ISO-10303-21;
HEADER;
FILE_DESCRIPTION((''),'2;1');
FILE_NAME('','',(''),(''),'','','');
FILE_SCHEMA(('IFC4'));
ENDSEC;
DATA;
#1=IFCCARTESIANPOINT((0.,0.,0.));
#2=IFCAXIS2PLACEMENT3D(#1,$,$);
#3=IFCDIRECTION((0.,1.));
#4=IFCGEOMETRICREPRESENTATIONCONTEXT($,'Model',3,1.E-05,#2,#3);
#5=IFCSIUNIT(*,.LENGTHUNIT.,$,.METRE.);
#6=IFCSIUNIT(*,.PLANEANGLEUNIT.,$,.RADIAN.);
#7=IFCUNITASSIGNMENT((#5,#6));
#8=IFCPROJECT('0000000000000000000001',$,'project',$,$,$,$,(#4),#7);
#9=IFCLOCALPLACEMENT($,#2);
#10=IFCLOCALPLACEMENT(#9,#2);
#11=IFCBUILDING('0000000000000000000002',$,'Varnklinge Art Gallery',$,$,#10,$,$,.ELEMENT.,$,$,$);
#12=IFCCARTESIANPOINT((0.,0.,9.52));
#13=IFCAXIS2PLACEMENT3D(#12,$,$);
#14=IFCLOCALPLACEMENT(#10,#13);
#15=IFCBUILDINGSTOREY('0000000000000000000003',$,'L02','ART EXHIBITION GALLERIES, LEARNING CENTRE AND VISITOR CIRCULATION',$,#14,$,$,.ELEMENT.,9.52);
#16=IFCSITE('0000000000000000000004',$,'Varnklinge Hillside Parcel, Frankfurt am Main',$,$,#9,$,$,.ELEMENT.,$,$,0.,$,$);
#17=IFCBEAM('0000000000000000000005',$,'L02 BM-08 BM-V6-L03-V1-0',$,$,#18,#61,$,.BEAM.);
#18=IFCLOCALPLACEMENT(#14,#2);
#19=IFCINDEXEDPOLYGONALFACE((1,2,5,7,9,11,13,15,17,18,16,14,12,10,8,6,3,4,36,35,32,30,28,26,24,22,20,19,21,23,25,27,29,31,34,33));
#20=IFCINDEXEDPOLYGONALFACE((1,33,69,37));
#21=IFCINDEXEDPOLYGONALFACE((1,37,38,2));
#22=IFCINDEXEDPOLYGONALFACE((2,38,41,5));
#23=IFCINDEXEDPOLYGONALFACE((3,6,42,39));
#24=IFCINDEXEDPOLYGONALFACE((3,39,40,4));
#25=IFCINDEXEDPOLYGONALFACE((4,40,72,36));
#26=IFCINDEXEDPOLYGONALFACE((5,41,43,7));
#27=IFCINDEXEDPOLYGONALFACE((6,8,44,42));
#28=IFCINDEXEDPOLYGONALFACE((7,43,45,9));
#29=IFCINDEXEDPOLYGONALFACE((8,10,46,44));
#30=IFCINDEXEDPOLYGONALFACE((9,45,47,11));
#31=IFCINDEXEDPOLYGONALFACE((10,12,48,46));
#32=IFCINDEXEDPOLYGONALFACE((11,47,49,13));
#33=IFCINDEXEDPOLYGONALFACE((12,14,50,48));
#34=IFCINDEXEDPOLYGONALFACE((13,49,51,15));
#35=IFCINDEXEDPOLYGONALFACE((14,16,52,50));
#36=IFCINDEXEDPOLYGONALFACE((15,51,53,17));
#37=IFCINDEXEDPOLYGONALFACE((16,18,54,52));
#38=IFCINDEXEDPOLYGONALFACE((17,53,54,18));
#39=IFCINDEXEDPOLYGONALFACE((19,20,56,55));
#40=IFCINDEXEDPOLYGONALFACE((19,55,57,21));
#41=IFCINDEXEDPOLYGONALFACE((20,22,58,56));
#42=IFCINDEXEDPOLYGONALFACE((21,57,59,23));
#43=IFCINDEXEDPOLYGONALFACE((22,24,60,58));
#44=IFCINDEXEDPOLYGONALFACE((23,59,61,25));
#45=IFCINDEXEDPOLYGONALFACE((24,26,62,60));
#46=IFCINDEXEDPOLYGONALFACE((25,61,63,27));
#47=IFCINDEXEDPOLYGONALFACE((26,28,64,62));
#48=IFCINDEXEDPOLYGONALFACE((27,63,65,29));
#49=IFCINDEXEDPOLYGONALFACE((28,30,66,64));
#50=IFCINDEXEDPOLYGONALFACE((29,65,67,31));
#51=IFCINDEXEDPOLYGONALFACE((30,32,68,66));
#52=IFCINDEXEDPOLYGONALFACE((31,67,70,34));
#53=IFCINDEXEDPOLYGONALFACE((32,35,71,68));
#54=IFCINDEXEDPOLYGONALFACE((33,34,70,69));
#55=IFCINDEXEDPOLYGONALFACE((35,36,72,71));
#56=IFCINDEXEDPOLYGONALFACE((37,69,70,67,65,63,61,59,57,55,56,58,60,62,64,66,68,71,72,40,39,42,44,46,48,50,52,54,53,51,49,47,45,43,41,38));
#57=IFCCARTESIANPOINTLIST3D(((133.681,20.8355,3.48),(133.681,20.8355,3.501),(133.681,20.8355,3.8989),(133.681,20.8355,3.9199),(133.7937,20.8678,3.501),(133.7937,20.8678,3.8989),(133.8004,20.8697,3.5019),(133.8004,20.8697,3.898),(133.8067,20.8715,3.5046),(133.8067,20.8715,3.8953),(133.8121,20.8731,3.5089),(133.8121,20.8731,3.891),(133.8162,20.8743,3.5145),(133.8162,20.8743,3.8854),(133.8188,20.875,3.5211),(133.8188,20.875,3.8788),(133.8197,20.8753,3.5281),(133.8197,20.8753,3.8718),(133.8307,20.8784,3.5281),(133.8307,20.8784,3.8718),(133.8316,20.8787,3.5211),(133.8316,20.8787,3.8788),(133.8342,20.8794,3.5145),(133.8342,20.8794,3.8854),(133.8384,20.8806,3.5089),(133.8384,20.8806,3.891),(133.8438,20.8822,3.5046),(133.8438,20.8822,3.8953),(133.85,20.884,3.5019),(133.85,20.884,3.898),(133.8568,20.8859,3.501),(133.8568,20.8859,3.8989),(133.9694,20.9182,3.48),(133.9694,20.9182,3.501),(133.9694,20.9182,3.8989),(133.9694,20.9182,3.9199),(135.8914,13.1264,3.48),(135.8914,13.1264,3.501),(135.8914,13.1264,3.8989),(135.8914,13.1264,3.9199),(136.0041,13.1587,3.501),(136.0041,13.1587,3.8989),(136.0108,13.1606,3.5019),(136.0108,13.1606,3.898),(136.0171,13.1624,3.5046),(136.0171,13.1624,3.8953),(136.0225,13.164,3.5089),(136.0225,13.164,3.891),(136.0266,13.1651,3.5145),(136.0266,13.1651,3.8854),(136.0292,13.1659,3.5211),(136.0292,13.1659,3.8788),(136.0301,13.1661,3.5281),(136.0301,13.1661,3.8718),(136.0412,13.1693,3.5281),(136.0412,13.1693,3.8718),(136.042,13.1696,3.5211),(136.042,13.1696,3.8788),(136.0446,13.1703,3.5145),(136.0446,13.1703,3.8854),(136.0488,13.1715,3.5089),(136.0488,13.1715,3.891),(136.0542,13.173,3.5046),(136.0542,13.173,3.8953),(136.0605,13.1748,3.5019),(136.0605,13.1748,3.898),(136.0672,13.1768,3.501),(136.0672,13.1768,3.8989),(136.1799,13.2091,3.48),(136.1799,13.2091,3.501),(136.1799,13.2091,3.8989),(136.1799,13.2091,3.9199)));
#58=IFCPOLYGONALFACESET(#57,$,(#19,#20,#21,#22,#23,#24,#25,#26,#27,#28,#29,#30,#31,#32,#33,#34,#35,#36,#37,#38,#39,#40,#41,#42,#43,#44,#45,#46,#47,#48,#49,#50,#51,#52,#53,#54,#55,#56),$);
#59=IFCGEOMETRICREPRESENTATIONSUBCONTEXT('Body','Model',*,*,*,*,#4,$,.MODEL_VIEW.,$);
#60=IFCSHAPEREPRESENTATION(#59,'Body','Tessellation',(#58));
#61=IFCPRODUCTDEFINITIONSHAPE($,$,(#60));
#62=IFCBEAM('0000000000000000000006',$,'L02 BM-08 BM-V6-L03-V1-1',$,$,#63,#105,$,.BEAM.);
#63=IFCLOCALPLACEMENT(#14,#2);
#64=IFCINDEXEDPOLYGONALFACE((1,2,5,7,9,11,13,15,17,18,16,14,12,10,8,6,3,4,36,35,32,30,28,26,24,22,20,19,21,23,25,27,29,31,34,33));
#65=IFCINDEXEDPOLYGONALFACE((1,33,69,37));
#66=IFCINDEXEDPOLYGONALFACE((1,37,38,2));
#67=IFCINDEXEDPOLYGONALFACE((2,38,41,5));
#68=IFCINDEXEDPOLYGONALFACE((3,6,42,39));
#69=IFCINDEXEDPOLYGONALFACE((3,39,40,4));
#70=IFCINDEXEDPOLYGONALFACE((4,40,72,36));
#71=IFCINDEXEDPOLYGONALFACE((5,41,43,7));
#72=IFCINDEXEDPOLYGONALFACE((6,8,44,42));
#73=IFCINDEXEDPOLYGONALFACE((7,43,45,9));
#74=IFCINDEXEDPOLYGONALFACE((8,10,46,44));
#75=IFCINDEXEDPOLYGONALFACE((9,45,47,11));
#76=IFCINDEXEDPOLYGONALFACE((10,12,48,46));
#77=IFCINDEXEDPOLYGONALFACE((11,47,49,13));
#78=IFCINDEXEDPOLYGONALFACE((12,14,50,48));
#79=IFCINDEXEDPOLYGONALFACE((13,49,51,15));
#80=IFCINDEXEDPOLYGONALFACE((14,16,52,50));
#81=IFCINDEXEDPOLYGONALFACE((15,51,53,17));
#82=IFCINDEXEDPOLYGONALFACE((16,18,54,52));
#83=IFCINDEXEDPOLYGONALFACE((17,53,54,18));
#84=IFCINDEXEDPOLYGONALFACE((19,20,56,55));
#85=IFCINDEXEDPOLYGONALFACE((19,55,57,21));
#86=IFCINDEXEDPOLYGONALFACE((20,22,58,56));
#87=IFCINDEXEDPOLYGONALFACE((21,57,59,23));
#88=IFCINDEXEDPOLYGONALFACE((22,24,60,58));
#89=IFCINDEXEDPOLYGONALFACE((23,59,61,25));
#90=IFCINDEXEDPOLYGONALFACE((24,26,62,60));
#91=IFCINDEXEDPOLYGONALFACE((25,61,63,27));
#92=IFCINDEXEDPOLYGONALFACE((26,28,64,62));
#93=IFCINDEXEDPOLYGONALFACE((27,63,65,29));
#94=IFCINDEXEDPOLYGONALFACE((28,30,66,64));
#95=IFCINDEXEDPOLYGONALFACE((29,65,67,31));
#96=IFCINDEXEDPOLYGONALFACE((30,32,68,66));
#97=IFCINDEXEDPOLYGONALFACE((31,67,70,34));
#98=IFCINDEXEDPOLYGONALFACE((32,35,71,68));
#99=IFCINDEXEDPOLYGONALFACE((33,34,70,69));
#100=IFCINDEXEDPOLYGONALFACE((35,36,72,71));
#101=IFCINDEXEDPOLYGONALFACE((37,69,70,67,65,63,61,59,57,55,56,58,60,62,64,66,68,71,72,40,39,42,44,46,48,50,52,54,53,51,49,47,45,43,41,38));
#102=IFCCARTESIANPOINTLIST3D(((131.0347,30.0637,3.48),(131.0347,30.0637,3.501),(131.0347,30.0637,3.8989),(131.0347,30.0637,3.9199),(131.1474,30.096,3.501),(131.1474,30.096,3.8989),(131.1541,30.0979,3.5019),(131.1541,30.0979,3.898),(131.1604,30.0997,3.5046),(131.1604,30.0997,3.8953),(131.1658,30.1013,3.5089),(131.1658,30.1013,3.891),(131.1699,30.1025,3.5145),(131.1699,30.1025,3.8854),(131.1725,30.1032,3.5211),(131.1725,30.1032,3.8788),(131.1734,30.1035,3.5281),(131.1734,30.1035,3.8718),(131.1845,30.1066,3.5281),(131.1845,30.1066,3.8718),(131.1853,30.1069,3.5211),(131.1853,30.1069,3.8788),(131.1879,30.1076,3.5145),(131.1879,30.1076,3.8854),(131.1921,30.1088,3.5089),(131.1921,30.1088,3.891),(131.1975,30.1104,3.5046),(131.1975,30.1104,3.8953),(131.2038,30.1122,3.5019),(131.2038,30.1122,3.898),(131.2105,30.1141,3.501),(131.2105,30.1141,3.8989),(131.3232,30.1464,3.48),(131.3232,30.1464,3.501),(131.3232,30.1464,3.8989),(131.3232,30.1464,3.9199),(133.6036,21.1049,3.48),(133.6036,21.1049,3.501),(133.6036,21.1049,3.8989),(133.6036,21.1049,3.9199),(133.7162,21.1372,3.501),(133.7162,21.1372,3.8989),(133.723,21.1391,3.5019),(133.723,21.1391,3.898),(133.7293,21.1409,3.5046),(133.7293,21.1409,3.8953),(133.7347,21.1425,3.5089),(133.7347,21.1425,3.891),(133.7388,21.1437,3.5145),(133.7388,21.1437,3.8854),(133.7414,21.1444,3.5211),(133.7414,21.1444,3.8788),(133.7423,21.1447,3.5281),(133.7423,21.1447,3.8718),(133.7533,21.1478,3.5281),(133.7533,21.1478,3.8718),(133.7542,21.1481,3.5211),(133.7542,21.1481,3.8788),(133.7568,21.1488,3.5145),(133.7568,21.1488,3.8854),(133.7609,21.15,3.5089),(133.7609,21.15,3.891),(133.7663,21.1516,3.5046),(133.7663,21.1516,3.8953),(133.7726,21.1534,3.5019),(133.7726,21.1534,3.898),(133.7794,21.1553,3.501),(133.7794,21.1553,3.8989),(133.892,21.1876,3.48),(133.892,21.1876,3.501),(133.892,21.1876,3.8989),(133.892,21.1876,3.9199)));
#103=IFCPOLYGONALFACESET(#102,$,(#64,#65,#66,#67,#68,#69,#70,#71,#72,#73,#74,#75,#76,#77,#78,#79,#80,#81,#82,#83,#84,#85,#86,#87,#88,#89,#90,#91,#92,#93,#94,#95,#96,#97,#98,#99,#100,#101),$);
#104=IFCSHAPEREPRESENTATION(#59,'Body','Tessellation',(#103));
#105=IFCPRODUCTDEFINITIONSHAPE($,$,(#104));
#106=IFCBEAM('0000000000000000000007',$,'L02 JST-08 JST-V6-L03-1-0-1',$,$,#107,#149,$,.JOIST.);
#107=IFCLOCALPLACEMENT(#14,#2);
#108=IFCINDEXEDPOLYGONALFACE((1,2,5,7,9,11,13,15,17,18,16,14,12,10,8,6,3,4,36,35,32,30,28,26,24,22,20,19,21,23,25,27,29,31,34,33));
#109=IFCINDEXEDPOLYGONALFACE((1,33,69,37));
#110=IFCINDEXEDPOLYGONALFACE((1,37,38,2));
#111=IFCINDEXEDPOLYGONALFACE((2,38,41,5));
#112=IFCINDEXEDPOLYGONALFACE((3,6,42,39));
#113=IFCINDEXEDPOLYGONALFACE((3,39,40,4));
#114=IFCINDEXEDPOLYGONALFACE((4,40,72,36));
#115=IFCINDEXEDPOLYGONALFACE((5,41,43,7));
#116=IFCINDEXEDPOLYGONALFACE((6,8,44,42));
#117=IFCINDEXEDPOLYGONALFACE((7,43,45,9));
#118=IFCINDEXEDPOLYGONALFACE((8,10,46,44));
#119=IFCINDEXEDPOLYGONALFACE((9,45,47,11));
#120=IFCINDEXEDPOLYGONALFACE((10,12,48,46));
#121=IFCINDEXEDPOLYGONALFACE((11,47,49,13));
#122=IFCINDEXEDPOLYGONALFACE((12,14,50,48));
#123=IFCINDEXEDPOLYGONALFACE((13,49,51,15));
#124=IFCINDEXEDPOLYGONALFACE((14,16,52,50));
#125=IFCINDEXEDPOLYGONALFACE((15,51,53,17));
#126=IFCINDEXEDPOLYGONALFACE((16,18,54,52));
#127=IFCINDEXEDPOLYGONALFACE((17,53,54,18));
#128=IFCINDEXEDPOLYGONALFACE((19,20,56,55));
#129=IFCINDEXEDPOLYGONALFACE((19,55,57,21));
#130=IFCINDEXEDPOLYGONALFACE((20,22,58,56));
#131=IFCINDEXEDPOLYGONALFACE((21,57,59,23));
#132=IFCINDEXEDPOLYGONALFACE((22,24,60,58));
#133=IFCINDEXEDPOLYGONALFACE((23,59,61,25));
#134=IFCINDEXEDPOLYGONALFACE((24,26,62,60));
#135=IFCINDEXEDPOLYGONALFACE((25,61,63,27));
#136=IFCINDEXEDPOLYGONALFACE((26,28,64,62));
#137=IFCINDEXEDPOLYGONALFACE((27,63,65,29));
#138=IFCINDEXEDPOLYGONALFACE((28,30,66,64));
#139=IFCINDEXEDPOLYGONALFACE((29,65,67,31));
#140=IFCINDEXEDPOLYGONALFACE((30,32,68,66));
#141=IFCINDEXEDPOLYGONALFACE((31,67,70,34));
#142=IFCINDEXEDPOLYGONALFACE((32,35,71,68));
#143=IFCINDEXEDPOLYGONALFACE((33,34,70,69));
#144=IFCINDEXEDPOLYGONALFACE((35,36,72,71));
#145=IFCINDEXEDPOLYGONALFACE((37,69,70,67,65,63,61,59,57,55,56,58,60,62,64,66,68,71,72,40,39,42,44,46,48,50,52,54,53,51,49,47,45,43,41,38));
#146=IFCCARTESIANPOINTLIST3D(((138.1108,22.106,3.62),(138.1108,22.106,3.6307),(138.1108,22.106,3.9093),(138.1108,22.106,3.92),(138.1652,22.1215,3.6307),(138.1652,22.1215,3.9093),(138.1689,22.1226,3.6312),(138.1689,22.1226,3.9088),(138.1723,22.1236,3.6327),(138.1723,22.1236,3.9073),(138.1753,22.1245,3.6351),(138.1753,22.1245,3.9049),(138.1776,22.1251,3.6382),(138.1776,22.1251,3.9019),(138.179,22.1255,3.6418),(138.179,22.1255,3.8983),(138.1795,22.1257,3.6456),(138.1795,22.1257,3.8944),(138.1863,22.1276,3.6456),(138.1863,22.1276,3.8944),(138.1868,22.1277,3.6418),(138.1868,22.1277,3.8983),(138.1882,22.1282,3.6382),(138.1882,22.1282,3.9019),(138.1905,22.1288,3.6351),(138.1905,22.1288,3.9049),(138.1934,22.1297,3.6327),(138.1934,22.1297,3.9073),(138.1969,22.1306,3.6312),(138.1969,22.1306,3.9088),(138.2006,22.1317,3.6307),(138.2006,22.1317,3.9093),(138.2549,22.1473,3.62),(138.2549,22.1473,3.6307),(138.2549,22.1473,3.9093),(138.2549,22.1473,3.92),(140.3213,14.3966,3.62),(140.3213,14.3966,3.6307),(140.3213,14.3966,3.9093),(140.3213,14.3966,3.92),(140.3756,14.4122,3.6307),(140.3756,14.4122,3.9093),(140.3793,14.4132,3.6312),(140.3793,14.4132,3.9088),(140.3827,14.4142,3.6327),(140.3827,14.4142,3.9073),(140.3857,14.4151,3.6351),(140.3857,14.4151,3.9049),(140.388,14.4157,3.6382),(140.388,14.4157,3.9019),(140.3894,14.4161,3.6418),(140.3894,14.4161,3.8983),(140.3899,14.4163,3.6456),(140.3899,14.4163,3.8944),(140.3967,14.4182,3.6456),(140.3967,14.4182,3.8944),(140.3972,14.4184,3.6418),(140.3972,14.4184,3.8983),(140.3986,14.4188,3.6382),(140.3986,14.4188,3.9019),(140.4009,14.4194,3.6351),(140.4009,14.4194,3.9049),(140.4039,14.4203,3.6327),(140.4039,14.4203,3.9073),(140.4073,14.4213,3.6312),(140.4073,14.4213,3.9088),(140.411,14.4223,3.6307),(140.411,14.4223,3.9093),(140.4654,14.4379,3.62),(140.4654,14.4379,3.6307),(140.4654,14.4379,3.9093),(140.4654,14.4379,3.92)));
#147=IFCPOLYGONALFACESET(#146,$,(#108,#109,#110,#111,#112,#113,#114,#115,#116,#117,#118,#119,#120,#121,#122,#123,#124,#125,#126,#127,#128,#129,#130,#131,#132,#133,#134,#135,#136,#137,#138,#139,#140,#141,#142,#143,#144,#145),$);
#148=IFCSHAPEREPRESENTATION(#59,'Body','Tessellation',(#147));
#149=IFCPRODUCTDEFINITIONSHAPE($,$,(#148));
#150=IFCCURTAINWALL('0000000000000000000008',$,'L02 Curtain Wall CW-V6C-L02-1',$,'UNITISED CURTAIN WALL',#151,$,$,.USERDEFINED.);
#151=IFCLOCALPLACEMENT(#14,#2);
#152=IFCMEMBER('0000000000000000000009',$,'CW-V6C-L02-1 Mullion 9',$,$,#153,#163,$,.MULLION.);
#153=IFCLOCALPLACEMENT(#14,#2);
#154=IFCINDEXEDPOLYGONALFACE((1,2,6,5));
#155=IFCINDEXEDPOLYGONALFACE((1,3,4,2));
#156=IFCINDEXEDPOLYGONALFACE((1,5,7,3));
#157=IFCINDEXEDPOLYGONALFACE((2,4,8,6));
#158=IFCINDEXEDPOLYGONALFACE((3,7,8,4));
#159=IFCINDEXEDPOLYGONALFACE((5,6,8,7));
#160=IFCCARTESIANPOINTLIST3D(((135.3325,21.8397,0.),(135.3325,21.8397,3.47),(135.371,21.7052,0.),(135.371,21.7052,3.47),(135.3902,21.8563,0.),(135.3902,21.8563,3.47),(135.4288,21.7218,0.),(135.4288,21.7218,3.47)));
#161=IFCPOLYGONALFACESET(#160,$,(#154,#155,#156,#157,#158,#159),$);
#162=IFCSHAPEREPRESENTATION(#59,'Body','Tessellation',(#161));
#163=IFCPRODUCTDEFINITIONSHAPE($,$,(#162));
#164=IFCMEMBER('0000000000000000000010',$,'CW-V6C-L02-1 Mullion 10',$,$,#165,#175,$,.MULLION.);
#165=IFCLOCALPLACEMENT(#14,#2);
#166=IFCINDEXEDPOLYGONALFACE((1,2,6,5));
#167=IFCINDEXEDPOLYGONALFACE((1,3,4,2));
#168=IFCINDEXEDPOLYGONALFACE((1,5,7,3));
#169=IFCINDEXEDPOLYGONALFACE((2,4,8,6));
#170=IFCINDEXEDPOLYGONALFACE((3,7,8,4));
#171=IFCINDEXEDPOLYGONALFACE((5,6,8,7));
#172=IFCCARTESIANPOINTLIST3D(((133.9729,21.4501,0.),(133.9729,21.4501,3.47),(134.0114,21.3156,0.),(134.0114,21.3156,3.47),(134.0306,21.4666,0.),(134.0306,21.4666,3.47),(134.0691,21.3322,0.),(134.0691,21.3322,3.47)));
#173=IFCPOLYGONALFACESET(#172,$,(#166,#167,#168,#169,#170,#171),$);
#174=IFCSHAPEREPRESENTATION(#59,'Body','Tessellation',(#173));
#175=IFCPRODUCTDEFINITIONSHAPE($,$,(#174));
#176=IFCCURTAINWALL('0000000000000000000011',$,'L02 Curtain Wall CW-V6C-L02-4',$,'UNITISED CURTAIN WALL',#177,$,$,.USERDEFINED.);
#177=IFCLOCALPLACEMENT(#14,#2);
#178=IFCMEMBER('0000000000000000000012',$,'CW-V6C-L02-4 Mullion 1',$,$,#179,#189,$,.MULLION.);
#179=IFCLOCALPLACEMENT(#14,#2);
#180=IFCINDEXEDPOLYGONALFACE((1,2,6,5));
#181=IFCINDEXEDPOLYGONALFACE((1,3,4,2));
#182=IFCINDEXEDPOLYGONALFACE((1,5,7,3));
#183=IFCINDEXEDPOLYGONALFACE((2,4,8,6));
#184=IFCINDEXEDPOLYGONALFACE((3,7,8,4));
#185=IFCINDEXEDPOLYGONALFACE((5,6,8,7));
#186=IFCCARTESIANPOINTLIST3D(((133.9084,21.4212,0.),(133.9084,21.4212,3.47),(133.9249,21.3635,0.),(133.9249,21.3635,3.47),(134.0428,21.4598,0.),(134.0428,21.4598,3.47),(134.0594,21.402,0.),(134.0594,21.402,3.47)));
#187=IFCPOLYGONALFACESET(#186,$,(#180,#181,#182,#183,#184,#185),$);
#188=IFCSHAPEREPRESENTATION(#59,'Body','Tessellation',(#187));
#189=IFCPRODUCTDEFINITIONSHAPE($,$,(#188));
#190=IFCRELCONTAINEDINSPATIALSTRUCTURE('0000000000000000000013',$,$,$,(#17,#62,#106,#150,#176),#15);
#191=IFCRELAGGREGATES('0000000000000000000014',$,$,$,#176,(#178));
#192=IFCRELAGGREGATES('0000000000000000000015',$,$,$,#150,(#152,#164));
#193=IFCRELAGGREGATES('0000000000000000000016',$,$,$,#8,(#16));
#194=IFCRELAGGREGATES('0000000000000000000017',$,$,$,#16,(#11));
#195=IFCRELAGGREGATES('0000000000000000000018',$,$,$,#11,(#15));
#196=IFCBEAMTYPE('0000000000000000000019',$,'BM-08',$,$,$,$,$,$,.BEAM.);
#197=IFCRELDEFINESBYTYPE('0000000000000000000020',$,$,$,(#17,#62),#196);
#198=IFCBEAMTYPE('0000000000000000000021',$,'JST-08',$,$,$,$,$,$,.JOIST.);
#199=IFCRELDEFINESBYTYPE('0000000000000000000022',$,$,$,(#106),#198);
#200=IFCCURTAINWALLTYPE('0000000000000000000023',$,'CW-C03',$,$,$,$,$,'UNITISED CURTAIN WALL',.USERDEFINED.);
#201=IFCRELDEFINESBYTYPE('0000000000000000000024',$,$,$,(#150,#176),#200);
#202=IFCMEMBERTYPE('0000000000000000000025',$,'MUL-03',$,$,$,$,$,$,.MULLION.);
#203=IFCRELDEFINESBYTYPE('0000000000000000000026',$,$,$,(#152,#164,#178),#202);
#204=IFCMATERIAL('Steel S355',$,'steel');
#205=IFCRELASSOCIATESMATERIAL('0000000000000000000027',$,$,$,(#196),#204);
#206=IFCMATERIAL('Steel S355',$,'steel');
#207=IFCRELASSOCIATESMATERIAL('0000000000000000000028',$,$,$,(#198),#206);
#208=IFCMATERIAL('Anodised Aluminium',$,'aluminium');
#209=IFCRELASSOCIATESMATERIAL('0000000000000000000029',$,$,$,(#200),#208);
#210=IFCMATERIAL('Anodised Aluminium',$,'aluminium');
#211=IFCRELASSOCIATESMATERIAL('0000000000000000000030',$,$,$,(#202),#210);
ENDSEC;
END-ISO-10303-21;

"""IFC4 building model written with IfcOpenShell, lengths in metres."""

from ifc_helpers import new_model, si_unit, direction, frame, origin, origin_2d, place, context, subcontext, project, spatial, rectangle, i_section, extrude, material, material_profile, profile_set, type_object, element, aggregate, save


model = new_model("IFC4")

# Units and contexts
model_context = context("Model", 3, precision=1e-05, world=origin(), true_north=direction((0.0, 1.0)))
body_context = subcontext(model_context, "Body", "Model", "MODEL_VIEW")
ifc_project = project(units=[si_unit("LENGTHUNIT", "METRE"), si_unit("PLANEANGLEUNIT", "RADIAN")], contexts=[model_context])

# Site, building, storey
site_placement = place(None, origin())
site = spatial("IfcSite", under=ifc_project, at=site_placement, Name="Varnklinge Hillside Parcel, Frankfurt am Main", CompositionType="ELEMENT", RefElevation=0.0)
building_placement = place(site_placement, origin())
building = spatial("IfcBuilding", under=site, at=building_placement, Name="Varnklinge Art Gallery", CompositionType="ELEMENT")
storey_placement = place(building_placement, frame((0.0, 0.0, 9.52)))
storey = spatial("IfcBuildingStorey", under=building, at=storey_placement, Name="L02", Description="ART EXHIBITION GALLERIES, LEARNING CENTRE AND VISITOR CIRCULATION", CompositionType="ELEMENT", Elevation=9.52)

# Beams
ifc_material_1 = material(Name="Steel S355", Category="steel")
ifc_material_profile_1 = material_profile(ifc_material_1, i_section(OverallWidth=0.3, OverallDepth=0.4399, WebThickness=0.0115, FlangeThickness=0.021, FilletRadius=0.0271, at=origin_2d()), Name="HEA 450")
ifc_profile_set_1 = profile_set([ifc_material_profile_1], Name="Steel S355")
beam_type_1 = type_object("IfcBeamType", Name="BM-08", PredefinedType="BEAM", material=ifc_profile_set_1)
beam_1_placement = place(storey_placement, frame((136.0356, 13.1677, 3.7), z_axis=(-0.275622, 0.961266, 0.0), x_axis=(-0.961266, -0.275622, 0.0)))
element("IfcBeam", 1, at=beam_1_placement, inside=storey, type_object=beam_type_1, Name="L02 BM-08 BM-V6-L03-V1-0", PredefinedType="BEAM", context=body_context, shape_type="SweptSolid", body=[
    extrude(i_section(OverallWidth=0.3, OverallDepth=0.4399, WebThickness=0.0115, FlangeThickness=0.021, FilletRadius=0.0271, at=origin_2d()), origin(), (0.0, 0.0, 1.0), 8.0198),
])
beam_2_placement = place(storey_placement, frame((133.7478, 21.1462, 3.7), z_axis=(-0.275634, 0.961263, 0.0), x_axis=(-0.961263, -0.275634, 0.0)))
element("IfcBeam", 2, at=beam_2_placement, inside=storey, type_object=beam_type_1, Name="L02 BM-08 BM-V6-L03-V1-1", PredefinedType="BEAM", context=body_context, shape_type="SweptSolid", body=[
    extrude(i_section(OverallWidth=0.3, OverallDepth=0.4399, WebThickness=0.0115, FlangeThickness=0.021, FilletRadius=0.0271, at=origin_2d()), origin(), (0.0, 0.0, 1.0), 9.3198),
])
ifc_material_2 = material(Name="Steel S355", Category="steel")
ifc_material_profile_2 = material_profile(ifc_material_2, i_section(OverallWidth=0.1499, OverallDepth=0.3, WebThickness=0.0071, FlangeThickness=0.0107, FilletRadius=0.0149, at=origin_2d()), Name="IPE 300")
ifc_profile_set_2 = profile_set([ifc_material_profile_2], Name="Steel S355")
beam_type_2 = type_object("IfcBeamType", Name="JST-08", PredefinedType="JOIST", material=ifc_profile_set_2)
beam_3_placement = place(storey_placement, frame((140.3933, 14.4172, 3.77), z_axis=(-0.275614, 0.961269, 0.0), x_axis=(-0.961269, -0.275614, 0.0)))
element("IfcBeam", 3, at=beam_3_placement, inside=storey, type_object=beam_type_2, Name="L02 JST-08 JST-V6-L03-1-0-1", PredefinedType="JOIST", context=body_context, shape_type="SweptSolid", body=[
    extrude(i_section(OverallWidth=0.1499, OverallDepth=0.3, WebThickness=0.0071, FlangeThickness=0.0107, FilletRadius=0.0149, at=origin_2d()), origin(), (0.0, 0.0, 1.0), 8.02),
])

# Curtain walls, members
ifc_material_3 = material(Name="Anodised Aluminium", Category="aluminium")
curtain_wall_type = type_object("IfcCurtainWallType", Name="CW-C03", ElementType="UNITISED CURTAIN WALL", PredefinedType="USERDEFINED", material=ifc_material_3)
curtain_wall_1_placement = place(storey_placement, origin())
curtain_wall_1 = element("IfcCurtainWall", 4, at=curtain_wall_1_placement, inside=storey, type_object=curtain_wall_type, Name="L02 Curtain Wall CW-V6C-L02-1", ObjectType="UNITISED CURTAIN WALL", PredefinedType="USERDEFINED")
ifc_material_4 = material(Name="Anodised Aluminium", Category="aluminium")
ifc_material_profile_3 = material_profile(ifc_material_4, rectangle(XDim=0.0601, YDim=0.1399, at=origin_2d()), Name="ALU 60x140")
ifc_profile_set_3 = profile_set([ifc_material_profile_3], Name="Anodised Aluminium")
member_type_1 = type_object("IfcMemberType", Name="MUL-03", PredefinedType="MULLION", material=ifc_profile_set_3)
member_1_placement = place(storey_placement, frame((135.3806, 21.7808, 0.0), z_axis=(0.0, 0.0, 1.0), x_axis=(-0.961262, -0.275637, 0.0)))
member_1 = element("IfcMember", 5, at=member_1_placement, type_object=member_type_1, Name="CW-V6C-L02-1 Mullion 9", PredefinedType="MULLION", context=body_context, shape_type="SweptSolid", body=[
    extrude(rectangle(XDim=0.0601, YDim=0.1399, at=origin_2d()), origin(), (0.0, 0.0, 1.0), 3.47),
])
member_2_placement = place(storey_placement, frame((134.021, 21.3911, 0.0), z_axis=(0.0, 0.0, 1.0), x_axis=(-0.961262, -0.275637, 0.0)))
member_2 = element("IfcMember", 6, at=member_2_placement, type_object=member_type_1, Name="CW-V6C-L02-1 Mullion 10", PredefinedType="MULLION", context=body_context, shape_type="SweptSolid", body=[
    extrude(rectangle(XDim=0.0601, YDim=0.1399, at=origin_2d()), origin(), (0.0, 0.0, 1.0), 3.47),
])
curtain_wall_2_placement = place(storey_placement, origin())
curtain_wall_2 = element("IfcCurtainWall", 7, at=curtain_wall_2_placement, inside=storey, type_object=curtain_wall_type, Name="L02 Curtain Wall CW-V6C-L02-4", ObjectType="UNITISED CURTAIN WALL", PredefinedType="USERDEFINED")
member_3_placement = place(storey_placement, frame((133.9839, 21.4116, 0.0), z_axis=(0.0, 0.0, 1.0), x_axis=(-0.275637, 0.961262, 0.0)))
member_3 = element("IfcMember", 8, at=member_3_placement, type_object=member_type_1, Name="CW-V6C-L02-4 Mullion 1", PredefinedType="MULLION", context=body_context, shape_type="SweptSolid", body=[
    extrude(rectangle(XDim=0.0601, YDim=0.1399, at=origin_2d()), origin(), (0.0, 0.0, 1.0), 3.47),
])
aggregate(curtain_wall_2, [member_3])

aggregate(curtain_wall_1, [member_1, member_2])

save(model, "model.ifc")
